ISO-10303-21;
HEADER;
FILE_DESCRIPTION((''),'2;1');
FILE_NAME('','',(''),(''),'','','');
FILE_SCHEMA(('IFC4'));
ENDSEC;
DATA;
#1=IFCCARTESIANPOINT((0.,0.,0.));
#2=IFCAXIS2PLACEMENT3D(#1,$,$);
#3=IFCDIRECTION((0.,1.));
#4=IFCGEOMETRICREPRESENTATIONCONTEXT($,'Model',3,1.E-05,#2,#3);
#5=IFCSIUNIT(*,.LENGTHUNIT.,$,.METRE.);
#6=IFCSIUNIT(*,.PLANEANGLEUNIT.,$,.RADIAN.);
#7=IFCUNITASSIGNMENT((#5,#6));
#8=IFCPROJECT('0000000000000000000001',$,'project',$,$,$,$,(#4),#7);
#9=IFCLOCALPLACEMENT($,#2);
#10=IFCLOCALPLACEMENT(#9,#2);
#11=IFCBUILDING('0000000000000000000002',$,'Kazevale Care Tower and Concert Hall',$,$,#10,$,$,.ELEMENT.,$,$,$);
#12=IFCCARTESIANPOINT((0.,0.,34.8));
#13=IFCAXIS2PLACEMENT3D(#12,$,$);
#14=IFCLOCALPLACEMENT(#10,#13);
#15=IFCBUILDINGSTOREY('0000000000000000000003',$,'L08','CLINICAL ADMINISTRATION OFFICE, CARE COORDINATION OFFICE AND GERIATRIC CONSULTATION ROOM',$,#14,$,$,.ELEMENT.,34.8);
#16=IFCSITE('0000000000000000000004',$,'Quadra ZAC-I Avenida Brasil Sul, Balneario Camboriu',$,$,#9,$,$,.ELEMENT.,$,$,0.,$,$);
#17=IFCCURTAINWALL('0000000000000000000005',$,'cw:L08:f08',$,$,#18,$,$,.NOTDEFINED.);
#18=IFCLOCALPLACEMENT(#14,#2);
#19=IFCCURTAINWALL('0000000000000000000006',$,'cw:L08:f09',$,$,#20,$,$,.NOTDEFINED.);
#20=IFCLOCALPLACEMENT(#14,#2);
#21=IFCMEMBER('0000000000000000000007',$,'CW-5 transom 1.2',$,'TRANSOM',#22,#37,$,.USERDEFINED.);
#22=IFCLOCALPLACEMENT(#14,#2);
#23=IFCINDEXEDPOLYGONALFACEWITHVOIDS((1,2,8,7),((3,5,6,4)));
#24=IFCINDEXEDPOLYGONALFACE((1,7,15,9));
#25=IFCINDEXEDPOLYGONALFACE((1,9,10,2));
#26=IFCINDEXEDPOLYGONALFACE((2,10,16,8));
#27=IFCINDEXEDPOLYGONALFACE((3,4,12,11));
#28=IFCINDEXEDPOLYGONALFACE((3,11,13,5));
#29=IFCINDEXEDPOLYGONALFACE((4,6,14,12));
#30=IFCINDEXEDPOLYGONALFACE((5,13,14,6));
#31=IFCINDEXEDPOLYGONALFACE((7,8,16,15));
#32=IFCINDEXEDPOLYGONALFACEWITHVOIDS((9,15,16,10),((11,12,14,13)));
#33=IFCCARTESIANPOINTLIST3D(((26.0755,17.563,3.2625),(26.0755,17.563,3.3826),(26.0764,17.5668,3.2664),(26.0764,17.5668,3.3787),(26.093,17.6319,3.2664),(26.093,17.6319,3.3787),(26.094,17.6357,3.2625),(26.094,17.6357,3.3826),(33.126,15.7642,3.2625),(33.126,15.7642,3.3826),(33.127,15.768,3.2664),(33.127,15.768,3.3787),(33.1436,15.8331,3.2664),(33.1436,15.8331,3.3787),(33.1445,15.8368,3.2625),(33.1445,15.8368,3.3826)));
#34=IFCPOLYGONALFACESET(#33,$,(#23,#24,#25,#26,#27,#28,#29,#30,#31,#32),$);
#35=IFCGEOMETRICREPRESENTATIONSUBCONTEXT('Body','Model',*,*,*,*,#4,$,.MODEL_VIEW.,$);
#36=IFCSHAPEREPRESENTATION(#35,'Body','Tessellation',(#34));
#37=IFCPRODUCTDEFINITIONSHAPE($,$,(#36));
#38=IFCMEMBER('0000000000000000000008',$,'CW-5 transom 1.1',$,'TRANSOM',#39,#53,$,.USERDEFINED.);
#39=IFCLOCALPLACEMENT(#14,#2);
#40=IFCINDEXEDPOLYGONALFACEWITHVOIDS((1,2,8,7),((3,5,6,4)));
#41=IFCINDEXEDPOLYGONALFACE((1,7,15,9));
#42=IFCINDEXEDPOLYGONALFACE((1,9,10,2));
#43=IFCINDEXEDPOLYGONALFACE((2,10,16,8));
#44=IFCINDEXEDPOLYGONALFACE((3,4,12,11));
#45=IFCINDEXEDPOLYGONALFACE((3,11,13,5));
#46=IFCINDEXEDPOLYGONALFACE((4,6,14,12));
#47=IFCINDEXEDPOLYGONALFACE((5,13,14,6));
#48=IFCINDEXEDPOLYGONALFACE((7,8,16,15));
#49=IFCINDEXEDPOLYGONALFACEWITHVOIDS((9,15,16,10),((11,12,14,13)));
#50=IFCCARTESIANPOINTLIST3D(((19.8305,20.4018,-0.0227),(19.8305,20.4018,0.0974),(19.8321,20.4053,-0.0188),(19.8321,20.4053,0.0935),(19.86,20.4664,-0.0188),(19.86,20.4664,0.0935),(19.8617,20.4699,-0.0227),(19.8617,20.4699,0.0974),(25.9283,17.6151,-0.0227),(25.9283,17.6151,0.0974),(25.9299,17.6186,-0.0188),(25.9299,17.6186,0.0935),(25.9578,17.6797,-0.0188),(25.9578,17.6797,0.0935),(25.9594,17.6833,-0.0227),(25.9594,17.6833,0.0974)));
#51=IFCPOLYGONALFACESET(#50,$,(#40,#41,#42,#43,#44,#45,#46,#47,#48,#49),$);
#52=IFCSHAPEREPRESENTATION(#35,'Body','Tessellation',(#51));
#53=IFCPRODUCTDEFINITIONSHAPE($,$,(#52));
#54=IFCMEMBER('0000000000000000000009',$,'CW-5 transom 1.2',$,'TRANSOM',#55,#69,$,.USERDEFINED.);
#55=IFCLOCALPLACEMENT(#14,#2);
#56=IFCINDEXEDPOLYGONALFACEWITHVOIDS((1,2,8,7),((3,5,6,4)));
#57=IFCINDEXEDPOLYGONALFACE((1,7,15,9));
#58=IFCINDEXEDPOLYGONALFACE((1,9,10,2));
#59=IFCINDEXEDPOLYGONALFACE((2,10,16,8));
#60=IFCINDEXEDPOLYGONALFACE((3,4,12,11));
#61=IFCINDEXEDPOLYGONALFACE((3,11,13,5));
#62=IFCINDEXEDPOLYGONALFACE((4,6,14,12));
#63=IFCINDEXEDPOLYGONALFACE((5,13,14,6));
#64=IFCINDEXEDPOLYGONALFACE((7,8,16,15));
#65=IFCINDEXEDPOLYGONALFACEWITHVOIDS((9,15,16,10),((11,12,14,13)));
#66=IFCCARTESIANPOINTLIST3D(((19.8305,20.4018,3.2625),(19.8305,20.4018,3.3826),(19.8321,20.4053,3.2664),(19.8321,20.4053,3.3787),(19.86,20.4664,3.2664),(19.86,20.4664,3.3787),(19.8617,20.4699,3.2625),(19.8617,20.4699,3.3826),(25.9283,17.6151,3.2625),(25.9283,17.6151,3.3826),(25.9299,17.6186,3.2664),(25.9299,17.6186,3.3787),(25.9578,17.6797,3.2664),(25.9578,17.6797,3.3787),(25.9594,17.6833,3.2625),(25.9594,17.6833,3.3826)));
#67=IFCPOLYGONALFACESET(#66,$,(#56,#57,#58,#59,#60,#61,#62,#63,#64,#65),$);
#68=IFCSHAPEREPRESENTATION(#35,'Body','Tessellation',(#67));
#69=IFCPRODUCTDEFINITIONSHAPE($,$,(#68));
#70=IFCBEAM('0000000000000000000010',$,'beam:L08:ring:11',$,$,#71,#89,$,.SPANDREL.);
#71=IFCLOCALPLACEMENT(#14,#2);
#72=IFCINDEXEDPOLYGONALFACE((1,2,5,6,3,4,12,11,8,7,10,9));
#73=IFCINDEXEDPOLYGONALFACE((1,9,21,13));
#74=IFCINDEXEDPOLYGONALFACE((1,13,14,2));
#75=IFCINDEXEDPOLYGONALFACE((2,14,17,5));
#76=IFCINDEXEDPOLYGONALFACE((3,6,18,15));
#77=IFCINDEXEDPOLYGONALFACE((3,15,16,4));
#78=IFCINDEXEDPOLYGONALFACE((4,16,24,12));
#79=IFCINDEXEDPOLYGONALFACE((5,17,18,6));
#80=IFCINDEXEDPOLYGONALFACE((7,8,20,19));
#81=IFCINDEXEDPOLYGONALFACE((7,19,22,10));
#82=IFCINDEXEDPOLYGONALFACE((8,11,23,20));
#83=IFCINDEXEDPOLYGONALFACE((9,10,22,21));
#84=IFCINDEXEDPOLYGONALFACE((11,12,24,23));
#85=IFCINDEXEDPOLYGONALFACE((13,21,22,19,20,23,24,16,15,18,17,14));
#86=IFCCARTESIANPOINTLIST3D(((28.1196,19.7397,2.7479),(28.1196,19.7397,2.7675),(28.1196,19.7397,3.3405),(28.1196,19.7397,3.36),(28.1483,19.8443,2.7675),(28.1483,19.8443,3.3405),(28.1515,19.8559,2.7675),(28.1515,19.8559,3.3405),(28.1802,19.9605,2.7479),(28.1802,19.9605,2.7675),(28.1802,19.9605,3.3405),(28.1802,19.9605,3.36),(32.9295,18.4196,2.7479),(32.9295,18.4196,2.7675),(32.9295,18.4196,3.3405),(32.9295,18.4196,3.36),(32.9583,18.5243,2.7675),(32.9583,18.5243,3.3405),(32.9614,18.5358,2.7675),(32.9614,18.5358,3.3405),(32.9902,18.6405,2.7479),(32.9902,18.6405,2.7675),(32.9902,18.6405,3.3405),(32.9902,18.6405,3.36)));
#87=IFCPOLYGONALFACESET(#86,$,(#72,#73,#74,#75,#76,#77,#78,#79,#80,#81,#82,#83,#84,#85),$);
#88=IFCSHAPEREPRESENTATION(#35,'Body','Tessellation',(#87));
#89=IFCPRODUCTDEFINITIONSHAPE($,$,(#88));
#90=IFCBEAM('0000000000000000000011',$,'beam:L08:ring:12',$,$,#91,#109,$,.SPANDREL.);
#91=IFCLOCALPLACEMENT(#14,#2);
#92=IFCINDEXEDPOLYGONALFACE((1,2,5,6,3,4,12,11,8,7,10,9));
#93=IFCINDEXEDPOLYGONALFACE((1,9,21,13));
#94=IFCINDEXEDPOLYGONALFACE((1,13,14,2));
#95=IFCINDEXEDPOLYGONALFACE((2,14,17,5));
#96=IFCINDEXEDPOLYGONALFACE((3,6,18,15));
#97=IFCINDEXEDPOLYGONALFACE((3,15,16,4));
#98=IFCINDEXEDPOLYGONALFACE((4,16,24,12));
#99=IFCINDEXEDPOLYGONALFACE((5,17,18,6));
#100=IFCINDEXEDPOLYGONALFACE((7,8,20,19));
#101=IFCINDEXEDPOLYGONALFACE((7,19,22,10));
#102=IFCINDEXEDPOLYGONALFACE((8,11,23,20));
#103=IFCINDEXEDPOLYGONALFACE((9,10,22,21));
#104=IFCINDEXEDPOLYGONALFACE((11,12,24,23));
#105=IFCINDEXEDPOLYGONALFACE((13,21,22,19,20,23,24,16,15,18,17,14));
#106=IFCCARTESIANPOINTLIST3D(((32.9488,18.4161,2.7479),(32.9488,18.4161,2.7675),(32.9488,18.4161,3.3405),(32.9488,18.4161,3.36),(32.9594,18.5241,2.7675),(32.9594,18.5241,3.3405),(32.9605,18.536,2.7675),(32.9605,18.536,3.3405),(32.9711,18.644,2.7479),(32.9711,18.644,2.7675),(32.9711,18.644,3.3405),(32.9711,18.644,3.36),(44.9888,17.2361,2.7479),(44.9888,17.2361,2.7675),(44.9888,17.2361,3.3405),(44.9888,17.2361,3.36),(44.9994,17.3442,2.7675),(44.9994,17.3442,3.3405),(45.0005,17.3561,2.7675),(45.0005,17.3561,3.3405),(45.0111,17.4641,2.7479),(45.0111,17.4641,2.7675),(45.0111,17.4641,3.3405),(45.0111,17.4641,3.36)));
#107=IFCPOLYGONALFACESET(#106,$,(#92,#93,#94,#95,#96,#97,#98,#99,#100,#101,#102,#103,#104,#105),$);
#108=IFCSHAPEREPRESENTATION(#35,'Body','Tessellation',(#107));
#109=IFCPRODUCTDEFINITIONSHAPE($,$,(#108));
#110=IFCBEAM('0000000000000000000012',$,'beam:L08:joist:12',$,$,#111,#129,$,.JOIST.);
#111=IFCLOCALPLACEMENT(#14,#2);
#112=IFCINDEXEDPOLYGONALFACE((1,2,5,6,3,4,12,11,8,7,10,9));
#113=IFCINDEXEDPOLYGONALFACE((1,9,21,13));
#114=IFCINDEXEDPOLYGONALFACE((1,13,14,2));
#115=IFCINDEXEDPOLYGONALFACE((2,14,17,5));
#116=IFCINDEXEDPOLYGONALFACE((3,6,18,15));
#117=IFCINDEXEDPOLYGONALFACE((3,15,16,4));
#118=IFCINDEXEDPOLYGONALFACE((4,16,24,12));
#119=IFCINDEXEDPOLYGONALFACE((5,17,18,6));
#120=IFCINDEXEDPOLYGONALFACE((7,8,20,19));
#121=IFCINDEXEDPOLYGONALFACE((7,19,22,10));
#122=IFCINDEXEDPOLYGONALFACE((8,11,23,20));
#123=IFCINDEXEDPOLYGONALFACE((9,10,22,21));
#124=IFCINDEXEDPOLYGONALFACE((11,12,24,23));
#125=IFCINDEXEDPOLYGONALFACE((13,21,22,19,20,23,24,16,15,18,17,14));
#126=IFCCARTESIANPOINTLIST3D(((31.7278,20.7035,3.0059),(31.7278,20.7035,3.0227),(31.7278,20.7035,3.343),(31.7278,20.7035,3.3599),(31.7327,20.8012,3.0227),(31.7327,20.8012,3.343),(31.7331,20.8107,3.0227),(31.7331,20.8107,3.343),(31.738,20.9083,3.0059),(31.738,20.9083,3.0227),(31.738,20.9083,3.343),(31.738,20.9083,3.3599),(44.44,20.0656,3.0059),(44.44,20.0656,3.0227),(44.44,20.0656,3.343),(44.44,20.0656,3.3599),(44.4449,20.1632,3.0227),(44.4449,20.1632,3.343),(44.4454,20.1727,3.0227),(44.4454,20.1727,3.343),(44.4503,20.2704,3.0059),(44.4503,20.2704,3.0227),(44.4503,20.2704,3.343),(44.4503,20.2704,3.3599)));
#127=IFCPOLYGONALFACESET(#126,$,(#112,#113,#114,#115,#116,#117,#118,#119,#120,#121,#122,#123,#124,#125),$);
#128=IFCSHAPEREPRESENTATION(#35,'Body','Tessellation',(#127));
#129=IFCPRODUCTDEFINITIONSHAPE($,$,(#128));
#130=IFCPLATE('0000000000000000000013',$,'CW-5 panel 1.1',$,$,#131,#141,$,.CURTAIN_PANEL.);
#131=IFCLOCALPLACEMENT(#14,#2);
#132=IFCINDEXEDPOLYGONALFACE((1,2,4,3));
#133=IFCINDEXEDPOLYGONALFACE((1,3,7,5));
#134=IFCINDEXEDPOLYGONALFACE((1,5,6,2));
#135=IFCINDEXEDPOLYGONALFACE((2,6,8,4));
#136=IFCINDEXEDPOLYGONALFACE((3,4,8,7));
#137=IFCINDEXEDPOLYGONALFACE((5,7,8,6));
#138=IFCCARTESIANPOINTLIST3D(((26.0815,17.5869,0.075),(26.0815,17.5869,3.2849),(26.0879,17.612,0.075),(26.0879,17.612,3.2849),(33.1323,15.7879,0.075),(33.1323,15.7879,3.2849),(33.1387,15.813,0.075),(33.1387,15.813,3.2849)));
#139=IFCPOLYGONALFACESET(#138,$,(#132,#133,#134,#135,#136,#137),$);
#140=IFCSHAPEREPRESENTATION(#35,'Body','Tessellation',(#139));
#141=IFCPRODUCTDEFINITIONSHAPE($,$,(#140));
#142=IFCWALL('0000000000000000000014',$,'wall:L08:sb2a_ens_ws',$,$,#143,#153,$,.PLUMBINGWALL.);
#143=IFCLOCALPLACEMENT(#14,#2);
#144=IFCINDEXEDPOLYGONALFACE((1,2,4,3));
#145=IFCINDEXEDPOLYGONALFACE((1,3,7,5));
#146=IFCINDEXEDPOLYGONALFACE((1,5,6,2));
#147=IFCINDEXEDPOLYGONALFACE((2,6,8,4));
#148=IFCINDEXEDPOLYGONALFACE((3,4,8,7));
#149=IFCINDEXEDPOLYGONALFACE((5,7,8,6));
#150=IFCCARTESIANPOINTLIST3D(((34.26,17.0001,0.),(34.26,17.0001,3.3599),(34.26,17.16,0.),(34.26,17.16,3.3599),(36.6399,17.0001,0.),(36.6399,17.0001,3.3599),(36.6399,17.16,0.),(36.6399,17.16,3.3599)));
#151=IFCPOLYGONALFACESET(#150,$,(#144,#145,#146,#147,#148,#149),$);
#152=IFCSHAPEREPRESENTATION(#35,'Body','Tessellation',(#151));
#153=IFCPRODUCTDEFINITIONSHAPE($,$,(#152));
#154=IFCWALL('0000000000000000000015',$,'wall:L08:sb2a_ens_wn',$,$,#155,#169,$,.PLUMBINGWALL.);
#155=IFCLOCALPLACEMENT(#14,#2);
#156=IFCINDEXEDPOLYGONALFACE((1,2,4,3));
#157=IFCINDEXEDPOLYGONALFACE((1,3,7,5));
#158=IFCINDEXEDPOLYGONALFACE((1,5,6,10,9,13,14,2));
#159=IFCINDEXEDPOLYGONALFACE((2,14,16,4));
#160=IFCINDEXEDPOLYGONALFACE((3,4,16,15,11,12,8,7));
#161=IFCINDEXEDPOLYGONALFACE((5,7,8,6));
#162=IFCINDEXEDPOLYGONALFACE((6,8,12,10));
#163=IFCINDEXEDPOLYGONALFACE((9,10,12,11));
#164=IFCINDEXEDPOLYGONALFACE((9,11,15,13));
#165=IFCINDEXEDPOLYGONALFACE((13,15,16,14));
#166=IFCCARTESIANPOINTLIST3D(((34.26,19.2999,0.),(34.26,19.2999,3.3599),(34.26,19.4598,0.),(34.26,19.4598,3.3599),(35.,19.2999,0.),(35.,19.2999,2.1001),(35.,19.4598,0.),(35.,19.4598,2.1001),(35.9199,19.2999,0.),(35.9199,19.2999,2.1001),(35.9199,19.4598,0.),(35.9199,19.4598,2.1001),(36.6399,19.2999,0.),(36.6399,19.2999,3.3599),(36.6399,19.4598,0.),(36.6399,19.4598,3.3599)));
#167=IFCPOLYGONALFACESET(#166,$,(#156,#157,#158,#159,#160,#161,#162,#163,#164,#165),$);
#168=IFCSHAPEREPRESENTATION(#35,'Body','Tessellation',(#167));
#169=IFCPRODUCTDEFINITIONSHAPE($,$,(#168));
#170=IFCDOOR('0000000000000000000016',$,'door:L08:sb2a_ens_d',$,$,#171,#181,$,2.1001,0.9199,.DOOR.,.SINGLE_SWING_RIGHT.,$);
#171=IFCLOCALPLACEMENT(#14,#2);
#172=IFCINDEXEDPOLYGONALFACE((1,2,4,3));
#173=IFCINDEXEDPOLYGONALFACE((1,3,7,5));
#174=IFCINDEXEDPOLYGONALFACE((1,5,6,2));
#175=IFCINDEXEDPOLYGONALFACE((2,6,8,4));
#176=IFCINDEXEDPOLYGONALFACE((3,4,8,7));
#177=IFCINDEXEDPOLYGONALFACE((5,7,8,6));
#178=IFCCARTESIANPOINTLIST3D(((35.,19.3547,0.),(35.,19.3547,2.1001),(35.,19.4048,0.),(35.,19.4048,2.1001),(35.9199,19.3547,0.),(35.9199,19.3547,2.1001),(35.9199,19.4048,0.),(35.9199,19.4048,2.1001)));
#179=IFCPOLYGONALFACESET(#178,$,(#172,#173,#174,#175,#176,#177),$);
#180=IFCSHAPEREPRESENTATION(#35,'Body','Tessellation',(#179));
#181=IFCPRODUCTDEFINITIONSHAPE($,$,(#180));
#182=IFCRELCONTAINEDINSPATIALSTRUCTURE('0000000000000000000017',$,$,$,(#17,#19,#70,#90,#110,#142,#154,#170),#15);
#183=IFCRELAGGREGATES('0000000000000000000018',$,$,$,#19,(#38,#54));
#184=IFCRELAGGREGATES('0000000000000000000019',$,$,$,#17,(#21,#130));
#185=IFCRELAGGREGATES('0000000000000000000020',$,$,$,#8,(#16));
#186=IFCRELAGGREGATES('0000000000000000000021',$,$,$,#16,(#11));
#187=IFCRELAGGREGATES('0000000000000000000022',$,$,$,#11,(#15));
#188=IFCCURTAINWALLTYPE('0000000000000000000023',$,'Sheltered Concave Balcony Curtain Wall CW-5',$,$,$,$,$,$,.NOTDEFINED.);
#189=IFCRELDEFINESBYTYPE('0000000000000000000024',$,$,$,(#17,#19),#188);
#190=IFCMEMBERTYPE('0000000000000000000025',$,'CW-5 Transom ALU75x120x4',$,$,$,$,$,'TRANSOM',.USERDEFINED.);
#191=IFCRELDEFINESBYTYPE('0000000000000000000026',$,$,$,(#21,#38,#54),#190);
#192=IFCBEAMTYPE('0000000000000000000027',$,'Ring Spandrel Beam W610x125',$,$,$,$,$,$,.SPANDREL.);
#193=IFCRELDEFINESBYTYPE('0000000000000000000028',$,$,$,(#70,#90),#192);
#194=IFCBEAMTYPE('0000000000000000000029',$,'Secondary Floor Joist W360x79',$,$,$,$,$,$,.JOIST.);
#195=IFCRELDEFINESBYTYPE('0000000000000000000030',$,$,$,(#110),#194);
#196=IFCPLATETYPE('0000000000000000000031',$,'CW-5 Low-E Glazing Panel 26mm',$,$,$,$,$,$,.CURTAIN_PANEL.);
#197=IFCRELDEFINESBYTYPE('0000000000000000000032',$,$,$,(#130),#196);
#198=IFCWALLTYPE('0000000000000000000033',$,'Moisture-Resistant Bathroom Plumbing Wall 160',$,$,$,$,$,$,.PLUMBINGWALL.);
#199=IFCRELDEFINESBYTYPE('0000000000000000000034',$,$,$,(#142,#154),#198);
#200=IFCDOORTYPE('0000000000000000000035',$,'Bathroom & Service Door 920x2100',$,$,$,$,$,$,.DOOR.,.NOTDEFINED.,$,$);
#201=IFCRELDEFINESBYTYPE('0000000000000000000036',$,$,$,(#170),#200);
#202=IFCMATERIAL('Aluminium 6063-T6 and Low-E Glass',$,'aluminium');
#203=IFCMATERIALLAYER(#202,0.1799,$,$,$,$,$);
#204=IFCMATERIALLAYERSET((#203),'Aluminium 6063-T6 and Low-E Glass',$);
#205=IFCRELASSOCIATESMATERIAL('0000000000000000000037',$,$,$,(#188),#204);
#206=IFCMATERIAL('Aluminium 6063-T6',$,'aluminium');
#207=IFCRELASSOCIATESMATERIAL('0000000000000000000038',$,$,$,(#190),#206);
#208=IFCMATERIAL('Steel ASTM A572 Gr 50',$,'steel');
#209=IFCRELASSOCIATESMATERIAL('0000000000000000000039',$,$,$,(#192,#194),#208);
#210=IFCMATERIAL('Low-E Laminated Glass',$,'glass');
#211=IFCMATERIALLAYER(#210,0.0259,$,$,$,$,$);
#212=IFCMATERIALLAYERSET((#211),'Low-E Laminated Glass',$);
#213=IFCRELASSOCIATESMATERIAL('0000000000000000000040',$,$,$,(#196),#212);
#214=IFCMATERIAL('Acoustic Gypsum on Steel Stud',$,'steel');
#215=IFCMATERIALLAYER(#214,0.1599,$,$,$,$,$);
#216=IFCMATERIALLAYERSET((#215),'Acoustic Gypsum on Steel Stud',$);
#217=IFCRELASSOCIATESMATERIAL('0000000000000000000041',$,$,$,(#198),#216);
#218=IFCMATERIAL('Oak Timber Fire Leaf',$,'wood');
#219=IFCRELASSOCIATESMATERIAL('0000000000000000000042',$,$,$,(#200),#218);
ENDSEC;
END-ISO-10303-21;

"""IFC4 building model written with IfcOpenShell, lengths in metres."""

from ifc_helpers import new_model, si_unit, direction, frame, frame_2d, origin, origin_2d, place, context, subcontext, project, spatial, rectangle, hollow_rectangle, i_section, extrude, material, layer, layer_set, material_profile, profile_set, type_object, element, fill, aggregate, save


model = new_model("IFC4")

# Units and contexts
model_context = context("Model", 3, precision=1e-05, world=origin(), true_north=direction((0.0, 1.0)))
body_context = subcontext(model_context, "Body", "Model", "MODEL_VIEW")
ifc_project = project(units=[si_unit("LENGTHUNIT", "METRE"), si_unit("PLANEANGLEUNIT", "RADIAN")], contexts=[model_context])

# Site, building, storey
site_placement = place(None, origin())
site = spatial("IfcSite", under=ifc_project, at=site_placement, Name="Quadra ZAC-I Avenida Brasil Sul, Balneario Camboriu", CompositionType="ELEMENT", RefElevation=0.0)
building_placement = place(site_placement, origin())
building = spatial("IfcBuilding", under=site, at=building_placement, Name="Kazevale Care Tower and Concert Hall", CompositionType="ELEMENT")
storey_placement = place(building_placement, frame((0.0, 0.0, 34.8)))
storey = spatial("IfcBuildingStorey", under=building, at=storey_placement, Name="L08", Description="CLINICAL ADMINISTRATION OFFICE, CARE COORDINATION OFFICE AND GERIATRIC CONSULTATION ROOM", CompositionType="ELEMENT", Elevation=34.8)

# Shared definitions
ifc_material_1 = material(Name="Aluminium 6063-T6 and Low-E Glass", Category="aluminium")
ifc_layer_1 = layer(ifc_material_1, 0.1799)
ifc_layer_set_1 = layer_set([ifc_layer_1], Name="Aluminium 6063-T6 and Low-E Glass")
curtain_wall_type = type_object("IfcCurtainWallType", Name="Sheltered Concave Balcony Curtain Wall CW-5", PredefinedType="NOTDEFINED", material=ifc_layer_set_1)
ifc_material_2 = material(Name="Aluminium 6063-T6", Category="aluminium")

# Curtain wall
curtain_wall_1_placement = place(storey_placement, origin())
curtain_wall_1 = element("IfcCurtainWall", 1, at=curtain_wall_1_placement, inside=storey, type_object=curtain_wall_type, Name="cw:L08:f08", PredefinedType="NOTDEFINED")

# Curtain wall
curtain_wall_2_placement = place(storey_placement, origin())
curtain_wall_2 = element("IfcCurtainWall", 2, at=curtain_wall_2_placement, inside=storey, type_object=curtain_wall_type, Name="cw:L08:f09", PredefinedType="NOTDEFINED")

# Members
ifc_material_profile_1 = material_profile(ifc_material_2, hollow_rectangle(XDim=0.075, YDim=0.1201, WallThickness=0.0039, at=origin_2d()), Name="ALU75x120x4")
ifc_profile_set_1 = profile_set([ifc_material_profile_1], Name="Aluminium 6063-T6")
member_type_1 = type_object("IfcMemberType", Name="CW-5 Transom ALU75x120x4", ElementType="TRANSOM", PredefinedType="USERDEFINED", material=ifc_profile_set_1)
member_1_placement = place(storey_placement, frame((33.1353, 15.8005, 3.3225), z_axis=(-0.968961, 0.247214, 0.0), x_axis=(-0.247214, -0.968961, 0.0)))
member_1 = element("IfcMember", 3, at=member_1_placement, type_object=member_type_1, Name="CW-5 transom 1.2", ObjectType="TRANSOM", PredefinedType="USERDEFINED", context=body_context, shape_type="SweptSolid", body=[
    extrude(hollow_rectangle(XDim=0.075, YDim=0.1201, WallThickness=0.0039, at=origin_2d()), origin(), (0.0, 0.0, 1.0), 7.2764),
])
member_2_placement = place(storey_placement, frame((25.9438, 17.6492, 0.0374), z_axis=(-0.909524, 0.415651, 0.0), x_axis=(-0.415651, -0.909524, 0.0)))
member_2 = element("IfcMember", 4, at=member_2_placement, type_object=member_type_1, Name="CW-5 transom 1.1", ObjectType="TRANSOM", PredefinedType="USERDEFINED", context=body_context, shape_type="SweptSolid", body=[
    extrude(hollow_rectangle(XDim=0.075, YDim=0.1201, WallThickness=0.0039, at=origin_2d()), origin(), (0.0, 0.0, 1.0), 6.7043),
])
member_3_placement = place(storey_placement, frame((25.9438, 17.6492, 3.3225), z_axis=(-0.909524, 0.415651, 0.0), x_axis=(-0.415651, -0.909524, 0.0)))
member_3 = element("IfcMember", 5, at=member_3_placement, type_object=member_type_1, Name="CW-5 transom 1.2", ObjectType="TRANSOM", PredefinedType="USERDEFINED", context=body_context, shape_type="SweptSolid", body=[
    extrude(hollow_rectangle(XDim=0.075, YDim=0.1201, WallThickness=0.0039, at=origin_2d()), origin(), (0.0, 0.0, 1.0), 6.7043),
])
aggregate(curtain_wall_2, [member_2, member_3])

# Beams
ifc_material_3 = material(Name="Steel ASTM A572 Gr 50", Category="steel")
ifc_material_profile_2 = material_profile(ifc_material_3, i_section(OverallWidth=0.229, OverallDepth=0.6121, WebThickness=0.012, FlangeThickness=0.0195, at=origin_2d()), Name="W610x125")
ifc_profile_set_2 = profile_set([ifc_material_profile_2], Name="Steel ASTM A572 Gr 50")
beam_type_1 = type_object("IfcBeamType", Name="Ring Spandrel Beam W610x125", PredefinedType="SPANDREL", material=ifc_profile_set_2)
beam_1_placement = place(storey_placement, frame((28.1499, 19.8501, 3.054), z_axis=(0.964344, -0.264654, 0.0), x_axis=(0.264654, 0.964344, 0.0)))
element("IfcBeam", 6, at=beam_1_placement, inside=storey, type_object=beam_type_1, Name="beam:L08:ring:11", PredefinedType="SPANDREL", context=body_context, shape_type="SweptSolid", body=[
    extrude(i_section(OverallWidth=0.229, OverallDepth=0.6121, WebThickness=0.012, FlangeThickness=0.0195, at=origin_2d()), origin(), (0.0, 0.0, 1.0), 4.9878),
])
beam_2_placement = place(storey_placement, frame((32.96, 18.53, 3.054), z_axis=(0.995232, -0.097533, 0.0), x_axis=(0.097533, 0.995232, 0.0)))
element("IfcBeam", 7, at=beam_2_placement, inside=storey, type_object=beam_type_1, Name="beam:L08:ring:12", PredefinedType="SPANDREL", context=body_context, shape_type="SweptSolid", body=[
    extrude(i_section(OverallWidth=0.229, OverallDepth=0.6121, WebThickness=0.012, FlangeThickness=0.0195, at=origin_2d()), origin(), (0.0, 0.0, 1.0), 12.0977),
])
ifc_material_profile_3 = material_profile(ifc_material_3, i_section(OverallWidth=0.2051, OverallDepth=0.354, WebThickness=0.0095, FlangeThickness=0.0168, at=origin_2d()), Name="W360x79")
ifc_profile_set_3 = profile_set([ifc_material_profile_3], Name="Steel ASTM A572 Gr 50")
beam_type_2 = type_object("IfcBeamType", Name="Secondary Floor Joist W360x79", PredefinedType="JOIST", material=ifc_profile_set_3)
beam_3_placement = place(storey_placement, frame((31.7329, 20.8059, 3.1829), z_axis=(0.998743, -0.05012, 0.0), x_axis=(0.05012, 0.998743, 0.0)))
element("IfcBeam", 8, at=beam_3_placement, inside=storey, type_object=beam_type_2, Name="beam:L08:joist:12", PredefinedType="JOIST", context=body_context, shape_type="SweptSolid", body=[
    extrude(i_section(OverallWidth=0.2051, OverallDepth=0.354, WebThickness=0.0095, FlangeThickness=0.0168, at=origin_2d()), origin(), (0.0, 0.0, 1.0), 12.7283),
])

# Plate
ifc_material_4 = material(Name="Low-E Laminated Glass", Category="glass")
ifc_layer_2 = layer(ifc_material_4, 0.0259)
ifc_layer_set_2 = layer_set([ifc_layer_2], Name="Low-E Laminated Glass")
plate_type = type_object("IfcPlateType", Name="CW-5 Low-E Glazing Panel 26mm", PredefinedType="CURTAIN_PANEL", material=ifc_layer_set_2)
plate_placement = place(storey_placement, frame((29.6101, 16.7, 0.075), z_axis=(0.0, 0.0, 1.0), x_axis=(-0.968959, 0.247222, 0.0)))
plate = element("IfcPlate", 9, at=plate_placement, type_object=plate_type, Name="CW-5 panel 1.1", PredefinedType="CURTAIN_PANEL", context=body_context, shape_type="SweptSolid", body=[
    extrude(rectangle(XDim=7.2766, YDim=0.0259, at=origin_2d()), origin(), (0.0, 0.0, 1.0), 3.21),
])
aggregate(curtain_wall_1, [member_1, plate])

# Wall
ifc_material_5 = material(Name="Acoustic Gypsum on Steel Stud", Category="steel")
ifc_layer_3 = layer(ifc_material_5, 0.1599)
ifc_layer_set_3 = layer_set([ifc_layer_3], Name="Acoustic Gypsum on Steel Stud")
wall_type = type_object("IfcWallType", Name="Moisture-Resistant Bathroom Plumbing Wall 160", PredefinedType="PLUMBINGWALL", material=ifc_layer_set_3)
wall_1_placement = place(storey_placement, frame((34.26, 17.0801, 0.0), z_axis=(0.0, 0.0, 1.0), x_axis=(1.0, 0.0, 0.0)))
element("IfcWall", 10, at=wall_1_placement, inside=storey, type_object=wall_type, Name="wall:L08:sb2a_ens_ws", PredefinedType="PLUMBINGWALL", context=body_context, shape_type="SweptSolid", body=[
    extrude(rectangle(XDim=2.3799, YDim=0.1599, at=frame_2d((1.1899, 0.0))), origin(), (0.0, 0.0, 1.0), 3.3599),
])

# Wall, opening, door
wall_2_placement = place(storey_placement, frame((34.26, 19.3799, 0.0), z_axis=(0.0, 0.0, 1.0), x_axis=(1.0, 0.0, 0.0)))
wall_2 = element("IfcWall", 11, at=wall_2_placement, inside=storey, type_object=wall_type, Name="wall:L08:sb2a_ens_wn", PredefinedType="PLUMBINGWALL", context=body_context, shape_type="SweptSolid", body=[
    extrude(rectangle(XDim=2.3799, YDim=0.1599, at=frame_2d((1.1899, 0.0))), origin(), (0.0, 0.0, 1.0), 3.3599),
])
opening_placement = place(wall_2_placement, frame((0.74, 0.0, 0.0)))
opening = element("IfcOpeningElement", 12, at=opening_placement, cuts=wall_2, PredefinedType="OPENING", context=body_context, shape_type="SweptSolid", body=[
    extrude(rectangle(XDim=0.9199, YDim=2.1001, at=frame_2d((0.46, 1.05))), frame((0.0, 0.0898, 0.0), z_axis=(0.0, -1.0, 0.0), x_axis=(1.0, 0.0, 0.0)), (0.0, 0.0, 1.0), 0.1799),
])
ifc_material_6 = material(Name="Oak Timber Fire Leaf", Category="wood")
door_type = type_object("IfcDoorType", Name="Bathroom & Service Door 920x2100", OperationType="NOTDEFINED", PredefinedType="DOOR", material=ifc_material_6)
door_placement = place(opening_placement, origin())
door = element("IfcDoor", 13, at=door_placement, inside=storey, type_object=door_type, Name="door:L08:sb2a_ens_d", OperationType="SINGLE_SWING_RIGHT", OverallHeight=2.1001, OverallWidth=0.9199, PredefinedType="DOOR", context=body_context, shape_type="SweptSolid", body=[
    extrude(rectangle(XDim=0.9199, YDim=2.1001, at=frame_2d((0.46, 1.05))), frame((0.0, 0.0249, 0.0), z_axis=(0.0, -1.0, 0.0), x_axis=(1.0, 0.0, 0.0)), (0.0, 0.0, 1.0), 0.05),
])
fill(opening, door)

save(model, "model.ifc")
